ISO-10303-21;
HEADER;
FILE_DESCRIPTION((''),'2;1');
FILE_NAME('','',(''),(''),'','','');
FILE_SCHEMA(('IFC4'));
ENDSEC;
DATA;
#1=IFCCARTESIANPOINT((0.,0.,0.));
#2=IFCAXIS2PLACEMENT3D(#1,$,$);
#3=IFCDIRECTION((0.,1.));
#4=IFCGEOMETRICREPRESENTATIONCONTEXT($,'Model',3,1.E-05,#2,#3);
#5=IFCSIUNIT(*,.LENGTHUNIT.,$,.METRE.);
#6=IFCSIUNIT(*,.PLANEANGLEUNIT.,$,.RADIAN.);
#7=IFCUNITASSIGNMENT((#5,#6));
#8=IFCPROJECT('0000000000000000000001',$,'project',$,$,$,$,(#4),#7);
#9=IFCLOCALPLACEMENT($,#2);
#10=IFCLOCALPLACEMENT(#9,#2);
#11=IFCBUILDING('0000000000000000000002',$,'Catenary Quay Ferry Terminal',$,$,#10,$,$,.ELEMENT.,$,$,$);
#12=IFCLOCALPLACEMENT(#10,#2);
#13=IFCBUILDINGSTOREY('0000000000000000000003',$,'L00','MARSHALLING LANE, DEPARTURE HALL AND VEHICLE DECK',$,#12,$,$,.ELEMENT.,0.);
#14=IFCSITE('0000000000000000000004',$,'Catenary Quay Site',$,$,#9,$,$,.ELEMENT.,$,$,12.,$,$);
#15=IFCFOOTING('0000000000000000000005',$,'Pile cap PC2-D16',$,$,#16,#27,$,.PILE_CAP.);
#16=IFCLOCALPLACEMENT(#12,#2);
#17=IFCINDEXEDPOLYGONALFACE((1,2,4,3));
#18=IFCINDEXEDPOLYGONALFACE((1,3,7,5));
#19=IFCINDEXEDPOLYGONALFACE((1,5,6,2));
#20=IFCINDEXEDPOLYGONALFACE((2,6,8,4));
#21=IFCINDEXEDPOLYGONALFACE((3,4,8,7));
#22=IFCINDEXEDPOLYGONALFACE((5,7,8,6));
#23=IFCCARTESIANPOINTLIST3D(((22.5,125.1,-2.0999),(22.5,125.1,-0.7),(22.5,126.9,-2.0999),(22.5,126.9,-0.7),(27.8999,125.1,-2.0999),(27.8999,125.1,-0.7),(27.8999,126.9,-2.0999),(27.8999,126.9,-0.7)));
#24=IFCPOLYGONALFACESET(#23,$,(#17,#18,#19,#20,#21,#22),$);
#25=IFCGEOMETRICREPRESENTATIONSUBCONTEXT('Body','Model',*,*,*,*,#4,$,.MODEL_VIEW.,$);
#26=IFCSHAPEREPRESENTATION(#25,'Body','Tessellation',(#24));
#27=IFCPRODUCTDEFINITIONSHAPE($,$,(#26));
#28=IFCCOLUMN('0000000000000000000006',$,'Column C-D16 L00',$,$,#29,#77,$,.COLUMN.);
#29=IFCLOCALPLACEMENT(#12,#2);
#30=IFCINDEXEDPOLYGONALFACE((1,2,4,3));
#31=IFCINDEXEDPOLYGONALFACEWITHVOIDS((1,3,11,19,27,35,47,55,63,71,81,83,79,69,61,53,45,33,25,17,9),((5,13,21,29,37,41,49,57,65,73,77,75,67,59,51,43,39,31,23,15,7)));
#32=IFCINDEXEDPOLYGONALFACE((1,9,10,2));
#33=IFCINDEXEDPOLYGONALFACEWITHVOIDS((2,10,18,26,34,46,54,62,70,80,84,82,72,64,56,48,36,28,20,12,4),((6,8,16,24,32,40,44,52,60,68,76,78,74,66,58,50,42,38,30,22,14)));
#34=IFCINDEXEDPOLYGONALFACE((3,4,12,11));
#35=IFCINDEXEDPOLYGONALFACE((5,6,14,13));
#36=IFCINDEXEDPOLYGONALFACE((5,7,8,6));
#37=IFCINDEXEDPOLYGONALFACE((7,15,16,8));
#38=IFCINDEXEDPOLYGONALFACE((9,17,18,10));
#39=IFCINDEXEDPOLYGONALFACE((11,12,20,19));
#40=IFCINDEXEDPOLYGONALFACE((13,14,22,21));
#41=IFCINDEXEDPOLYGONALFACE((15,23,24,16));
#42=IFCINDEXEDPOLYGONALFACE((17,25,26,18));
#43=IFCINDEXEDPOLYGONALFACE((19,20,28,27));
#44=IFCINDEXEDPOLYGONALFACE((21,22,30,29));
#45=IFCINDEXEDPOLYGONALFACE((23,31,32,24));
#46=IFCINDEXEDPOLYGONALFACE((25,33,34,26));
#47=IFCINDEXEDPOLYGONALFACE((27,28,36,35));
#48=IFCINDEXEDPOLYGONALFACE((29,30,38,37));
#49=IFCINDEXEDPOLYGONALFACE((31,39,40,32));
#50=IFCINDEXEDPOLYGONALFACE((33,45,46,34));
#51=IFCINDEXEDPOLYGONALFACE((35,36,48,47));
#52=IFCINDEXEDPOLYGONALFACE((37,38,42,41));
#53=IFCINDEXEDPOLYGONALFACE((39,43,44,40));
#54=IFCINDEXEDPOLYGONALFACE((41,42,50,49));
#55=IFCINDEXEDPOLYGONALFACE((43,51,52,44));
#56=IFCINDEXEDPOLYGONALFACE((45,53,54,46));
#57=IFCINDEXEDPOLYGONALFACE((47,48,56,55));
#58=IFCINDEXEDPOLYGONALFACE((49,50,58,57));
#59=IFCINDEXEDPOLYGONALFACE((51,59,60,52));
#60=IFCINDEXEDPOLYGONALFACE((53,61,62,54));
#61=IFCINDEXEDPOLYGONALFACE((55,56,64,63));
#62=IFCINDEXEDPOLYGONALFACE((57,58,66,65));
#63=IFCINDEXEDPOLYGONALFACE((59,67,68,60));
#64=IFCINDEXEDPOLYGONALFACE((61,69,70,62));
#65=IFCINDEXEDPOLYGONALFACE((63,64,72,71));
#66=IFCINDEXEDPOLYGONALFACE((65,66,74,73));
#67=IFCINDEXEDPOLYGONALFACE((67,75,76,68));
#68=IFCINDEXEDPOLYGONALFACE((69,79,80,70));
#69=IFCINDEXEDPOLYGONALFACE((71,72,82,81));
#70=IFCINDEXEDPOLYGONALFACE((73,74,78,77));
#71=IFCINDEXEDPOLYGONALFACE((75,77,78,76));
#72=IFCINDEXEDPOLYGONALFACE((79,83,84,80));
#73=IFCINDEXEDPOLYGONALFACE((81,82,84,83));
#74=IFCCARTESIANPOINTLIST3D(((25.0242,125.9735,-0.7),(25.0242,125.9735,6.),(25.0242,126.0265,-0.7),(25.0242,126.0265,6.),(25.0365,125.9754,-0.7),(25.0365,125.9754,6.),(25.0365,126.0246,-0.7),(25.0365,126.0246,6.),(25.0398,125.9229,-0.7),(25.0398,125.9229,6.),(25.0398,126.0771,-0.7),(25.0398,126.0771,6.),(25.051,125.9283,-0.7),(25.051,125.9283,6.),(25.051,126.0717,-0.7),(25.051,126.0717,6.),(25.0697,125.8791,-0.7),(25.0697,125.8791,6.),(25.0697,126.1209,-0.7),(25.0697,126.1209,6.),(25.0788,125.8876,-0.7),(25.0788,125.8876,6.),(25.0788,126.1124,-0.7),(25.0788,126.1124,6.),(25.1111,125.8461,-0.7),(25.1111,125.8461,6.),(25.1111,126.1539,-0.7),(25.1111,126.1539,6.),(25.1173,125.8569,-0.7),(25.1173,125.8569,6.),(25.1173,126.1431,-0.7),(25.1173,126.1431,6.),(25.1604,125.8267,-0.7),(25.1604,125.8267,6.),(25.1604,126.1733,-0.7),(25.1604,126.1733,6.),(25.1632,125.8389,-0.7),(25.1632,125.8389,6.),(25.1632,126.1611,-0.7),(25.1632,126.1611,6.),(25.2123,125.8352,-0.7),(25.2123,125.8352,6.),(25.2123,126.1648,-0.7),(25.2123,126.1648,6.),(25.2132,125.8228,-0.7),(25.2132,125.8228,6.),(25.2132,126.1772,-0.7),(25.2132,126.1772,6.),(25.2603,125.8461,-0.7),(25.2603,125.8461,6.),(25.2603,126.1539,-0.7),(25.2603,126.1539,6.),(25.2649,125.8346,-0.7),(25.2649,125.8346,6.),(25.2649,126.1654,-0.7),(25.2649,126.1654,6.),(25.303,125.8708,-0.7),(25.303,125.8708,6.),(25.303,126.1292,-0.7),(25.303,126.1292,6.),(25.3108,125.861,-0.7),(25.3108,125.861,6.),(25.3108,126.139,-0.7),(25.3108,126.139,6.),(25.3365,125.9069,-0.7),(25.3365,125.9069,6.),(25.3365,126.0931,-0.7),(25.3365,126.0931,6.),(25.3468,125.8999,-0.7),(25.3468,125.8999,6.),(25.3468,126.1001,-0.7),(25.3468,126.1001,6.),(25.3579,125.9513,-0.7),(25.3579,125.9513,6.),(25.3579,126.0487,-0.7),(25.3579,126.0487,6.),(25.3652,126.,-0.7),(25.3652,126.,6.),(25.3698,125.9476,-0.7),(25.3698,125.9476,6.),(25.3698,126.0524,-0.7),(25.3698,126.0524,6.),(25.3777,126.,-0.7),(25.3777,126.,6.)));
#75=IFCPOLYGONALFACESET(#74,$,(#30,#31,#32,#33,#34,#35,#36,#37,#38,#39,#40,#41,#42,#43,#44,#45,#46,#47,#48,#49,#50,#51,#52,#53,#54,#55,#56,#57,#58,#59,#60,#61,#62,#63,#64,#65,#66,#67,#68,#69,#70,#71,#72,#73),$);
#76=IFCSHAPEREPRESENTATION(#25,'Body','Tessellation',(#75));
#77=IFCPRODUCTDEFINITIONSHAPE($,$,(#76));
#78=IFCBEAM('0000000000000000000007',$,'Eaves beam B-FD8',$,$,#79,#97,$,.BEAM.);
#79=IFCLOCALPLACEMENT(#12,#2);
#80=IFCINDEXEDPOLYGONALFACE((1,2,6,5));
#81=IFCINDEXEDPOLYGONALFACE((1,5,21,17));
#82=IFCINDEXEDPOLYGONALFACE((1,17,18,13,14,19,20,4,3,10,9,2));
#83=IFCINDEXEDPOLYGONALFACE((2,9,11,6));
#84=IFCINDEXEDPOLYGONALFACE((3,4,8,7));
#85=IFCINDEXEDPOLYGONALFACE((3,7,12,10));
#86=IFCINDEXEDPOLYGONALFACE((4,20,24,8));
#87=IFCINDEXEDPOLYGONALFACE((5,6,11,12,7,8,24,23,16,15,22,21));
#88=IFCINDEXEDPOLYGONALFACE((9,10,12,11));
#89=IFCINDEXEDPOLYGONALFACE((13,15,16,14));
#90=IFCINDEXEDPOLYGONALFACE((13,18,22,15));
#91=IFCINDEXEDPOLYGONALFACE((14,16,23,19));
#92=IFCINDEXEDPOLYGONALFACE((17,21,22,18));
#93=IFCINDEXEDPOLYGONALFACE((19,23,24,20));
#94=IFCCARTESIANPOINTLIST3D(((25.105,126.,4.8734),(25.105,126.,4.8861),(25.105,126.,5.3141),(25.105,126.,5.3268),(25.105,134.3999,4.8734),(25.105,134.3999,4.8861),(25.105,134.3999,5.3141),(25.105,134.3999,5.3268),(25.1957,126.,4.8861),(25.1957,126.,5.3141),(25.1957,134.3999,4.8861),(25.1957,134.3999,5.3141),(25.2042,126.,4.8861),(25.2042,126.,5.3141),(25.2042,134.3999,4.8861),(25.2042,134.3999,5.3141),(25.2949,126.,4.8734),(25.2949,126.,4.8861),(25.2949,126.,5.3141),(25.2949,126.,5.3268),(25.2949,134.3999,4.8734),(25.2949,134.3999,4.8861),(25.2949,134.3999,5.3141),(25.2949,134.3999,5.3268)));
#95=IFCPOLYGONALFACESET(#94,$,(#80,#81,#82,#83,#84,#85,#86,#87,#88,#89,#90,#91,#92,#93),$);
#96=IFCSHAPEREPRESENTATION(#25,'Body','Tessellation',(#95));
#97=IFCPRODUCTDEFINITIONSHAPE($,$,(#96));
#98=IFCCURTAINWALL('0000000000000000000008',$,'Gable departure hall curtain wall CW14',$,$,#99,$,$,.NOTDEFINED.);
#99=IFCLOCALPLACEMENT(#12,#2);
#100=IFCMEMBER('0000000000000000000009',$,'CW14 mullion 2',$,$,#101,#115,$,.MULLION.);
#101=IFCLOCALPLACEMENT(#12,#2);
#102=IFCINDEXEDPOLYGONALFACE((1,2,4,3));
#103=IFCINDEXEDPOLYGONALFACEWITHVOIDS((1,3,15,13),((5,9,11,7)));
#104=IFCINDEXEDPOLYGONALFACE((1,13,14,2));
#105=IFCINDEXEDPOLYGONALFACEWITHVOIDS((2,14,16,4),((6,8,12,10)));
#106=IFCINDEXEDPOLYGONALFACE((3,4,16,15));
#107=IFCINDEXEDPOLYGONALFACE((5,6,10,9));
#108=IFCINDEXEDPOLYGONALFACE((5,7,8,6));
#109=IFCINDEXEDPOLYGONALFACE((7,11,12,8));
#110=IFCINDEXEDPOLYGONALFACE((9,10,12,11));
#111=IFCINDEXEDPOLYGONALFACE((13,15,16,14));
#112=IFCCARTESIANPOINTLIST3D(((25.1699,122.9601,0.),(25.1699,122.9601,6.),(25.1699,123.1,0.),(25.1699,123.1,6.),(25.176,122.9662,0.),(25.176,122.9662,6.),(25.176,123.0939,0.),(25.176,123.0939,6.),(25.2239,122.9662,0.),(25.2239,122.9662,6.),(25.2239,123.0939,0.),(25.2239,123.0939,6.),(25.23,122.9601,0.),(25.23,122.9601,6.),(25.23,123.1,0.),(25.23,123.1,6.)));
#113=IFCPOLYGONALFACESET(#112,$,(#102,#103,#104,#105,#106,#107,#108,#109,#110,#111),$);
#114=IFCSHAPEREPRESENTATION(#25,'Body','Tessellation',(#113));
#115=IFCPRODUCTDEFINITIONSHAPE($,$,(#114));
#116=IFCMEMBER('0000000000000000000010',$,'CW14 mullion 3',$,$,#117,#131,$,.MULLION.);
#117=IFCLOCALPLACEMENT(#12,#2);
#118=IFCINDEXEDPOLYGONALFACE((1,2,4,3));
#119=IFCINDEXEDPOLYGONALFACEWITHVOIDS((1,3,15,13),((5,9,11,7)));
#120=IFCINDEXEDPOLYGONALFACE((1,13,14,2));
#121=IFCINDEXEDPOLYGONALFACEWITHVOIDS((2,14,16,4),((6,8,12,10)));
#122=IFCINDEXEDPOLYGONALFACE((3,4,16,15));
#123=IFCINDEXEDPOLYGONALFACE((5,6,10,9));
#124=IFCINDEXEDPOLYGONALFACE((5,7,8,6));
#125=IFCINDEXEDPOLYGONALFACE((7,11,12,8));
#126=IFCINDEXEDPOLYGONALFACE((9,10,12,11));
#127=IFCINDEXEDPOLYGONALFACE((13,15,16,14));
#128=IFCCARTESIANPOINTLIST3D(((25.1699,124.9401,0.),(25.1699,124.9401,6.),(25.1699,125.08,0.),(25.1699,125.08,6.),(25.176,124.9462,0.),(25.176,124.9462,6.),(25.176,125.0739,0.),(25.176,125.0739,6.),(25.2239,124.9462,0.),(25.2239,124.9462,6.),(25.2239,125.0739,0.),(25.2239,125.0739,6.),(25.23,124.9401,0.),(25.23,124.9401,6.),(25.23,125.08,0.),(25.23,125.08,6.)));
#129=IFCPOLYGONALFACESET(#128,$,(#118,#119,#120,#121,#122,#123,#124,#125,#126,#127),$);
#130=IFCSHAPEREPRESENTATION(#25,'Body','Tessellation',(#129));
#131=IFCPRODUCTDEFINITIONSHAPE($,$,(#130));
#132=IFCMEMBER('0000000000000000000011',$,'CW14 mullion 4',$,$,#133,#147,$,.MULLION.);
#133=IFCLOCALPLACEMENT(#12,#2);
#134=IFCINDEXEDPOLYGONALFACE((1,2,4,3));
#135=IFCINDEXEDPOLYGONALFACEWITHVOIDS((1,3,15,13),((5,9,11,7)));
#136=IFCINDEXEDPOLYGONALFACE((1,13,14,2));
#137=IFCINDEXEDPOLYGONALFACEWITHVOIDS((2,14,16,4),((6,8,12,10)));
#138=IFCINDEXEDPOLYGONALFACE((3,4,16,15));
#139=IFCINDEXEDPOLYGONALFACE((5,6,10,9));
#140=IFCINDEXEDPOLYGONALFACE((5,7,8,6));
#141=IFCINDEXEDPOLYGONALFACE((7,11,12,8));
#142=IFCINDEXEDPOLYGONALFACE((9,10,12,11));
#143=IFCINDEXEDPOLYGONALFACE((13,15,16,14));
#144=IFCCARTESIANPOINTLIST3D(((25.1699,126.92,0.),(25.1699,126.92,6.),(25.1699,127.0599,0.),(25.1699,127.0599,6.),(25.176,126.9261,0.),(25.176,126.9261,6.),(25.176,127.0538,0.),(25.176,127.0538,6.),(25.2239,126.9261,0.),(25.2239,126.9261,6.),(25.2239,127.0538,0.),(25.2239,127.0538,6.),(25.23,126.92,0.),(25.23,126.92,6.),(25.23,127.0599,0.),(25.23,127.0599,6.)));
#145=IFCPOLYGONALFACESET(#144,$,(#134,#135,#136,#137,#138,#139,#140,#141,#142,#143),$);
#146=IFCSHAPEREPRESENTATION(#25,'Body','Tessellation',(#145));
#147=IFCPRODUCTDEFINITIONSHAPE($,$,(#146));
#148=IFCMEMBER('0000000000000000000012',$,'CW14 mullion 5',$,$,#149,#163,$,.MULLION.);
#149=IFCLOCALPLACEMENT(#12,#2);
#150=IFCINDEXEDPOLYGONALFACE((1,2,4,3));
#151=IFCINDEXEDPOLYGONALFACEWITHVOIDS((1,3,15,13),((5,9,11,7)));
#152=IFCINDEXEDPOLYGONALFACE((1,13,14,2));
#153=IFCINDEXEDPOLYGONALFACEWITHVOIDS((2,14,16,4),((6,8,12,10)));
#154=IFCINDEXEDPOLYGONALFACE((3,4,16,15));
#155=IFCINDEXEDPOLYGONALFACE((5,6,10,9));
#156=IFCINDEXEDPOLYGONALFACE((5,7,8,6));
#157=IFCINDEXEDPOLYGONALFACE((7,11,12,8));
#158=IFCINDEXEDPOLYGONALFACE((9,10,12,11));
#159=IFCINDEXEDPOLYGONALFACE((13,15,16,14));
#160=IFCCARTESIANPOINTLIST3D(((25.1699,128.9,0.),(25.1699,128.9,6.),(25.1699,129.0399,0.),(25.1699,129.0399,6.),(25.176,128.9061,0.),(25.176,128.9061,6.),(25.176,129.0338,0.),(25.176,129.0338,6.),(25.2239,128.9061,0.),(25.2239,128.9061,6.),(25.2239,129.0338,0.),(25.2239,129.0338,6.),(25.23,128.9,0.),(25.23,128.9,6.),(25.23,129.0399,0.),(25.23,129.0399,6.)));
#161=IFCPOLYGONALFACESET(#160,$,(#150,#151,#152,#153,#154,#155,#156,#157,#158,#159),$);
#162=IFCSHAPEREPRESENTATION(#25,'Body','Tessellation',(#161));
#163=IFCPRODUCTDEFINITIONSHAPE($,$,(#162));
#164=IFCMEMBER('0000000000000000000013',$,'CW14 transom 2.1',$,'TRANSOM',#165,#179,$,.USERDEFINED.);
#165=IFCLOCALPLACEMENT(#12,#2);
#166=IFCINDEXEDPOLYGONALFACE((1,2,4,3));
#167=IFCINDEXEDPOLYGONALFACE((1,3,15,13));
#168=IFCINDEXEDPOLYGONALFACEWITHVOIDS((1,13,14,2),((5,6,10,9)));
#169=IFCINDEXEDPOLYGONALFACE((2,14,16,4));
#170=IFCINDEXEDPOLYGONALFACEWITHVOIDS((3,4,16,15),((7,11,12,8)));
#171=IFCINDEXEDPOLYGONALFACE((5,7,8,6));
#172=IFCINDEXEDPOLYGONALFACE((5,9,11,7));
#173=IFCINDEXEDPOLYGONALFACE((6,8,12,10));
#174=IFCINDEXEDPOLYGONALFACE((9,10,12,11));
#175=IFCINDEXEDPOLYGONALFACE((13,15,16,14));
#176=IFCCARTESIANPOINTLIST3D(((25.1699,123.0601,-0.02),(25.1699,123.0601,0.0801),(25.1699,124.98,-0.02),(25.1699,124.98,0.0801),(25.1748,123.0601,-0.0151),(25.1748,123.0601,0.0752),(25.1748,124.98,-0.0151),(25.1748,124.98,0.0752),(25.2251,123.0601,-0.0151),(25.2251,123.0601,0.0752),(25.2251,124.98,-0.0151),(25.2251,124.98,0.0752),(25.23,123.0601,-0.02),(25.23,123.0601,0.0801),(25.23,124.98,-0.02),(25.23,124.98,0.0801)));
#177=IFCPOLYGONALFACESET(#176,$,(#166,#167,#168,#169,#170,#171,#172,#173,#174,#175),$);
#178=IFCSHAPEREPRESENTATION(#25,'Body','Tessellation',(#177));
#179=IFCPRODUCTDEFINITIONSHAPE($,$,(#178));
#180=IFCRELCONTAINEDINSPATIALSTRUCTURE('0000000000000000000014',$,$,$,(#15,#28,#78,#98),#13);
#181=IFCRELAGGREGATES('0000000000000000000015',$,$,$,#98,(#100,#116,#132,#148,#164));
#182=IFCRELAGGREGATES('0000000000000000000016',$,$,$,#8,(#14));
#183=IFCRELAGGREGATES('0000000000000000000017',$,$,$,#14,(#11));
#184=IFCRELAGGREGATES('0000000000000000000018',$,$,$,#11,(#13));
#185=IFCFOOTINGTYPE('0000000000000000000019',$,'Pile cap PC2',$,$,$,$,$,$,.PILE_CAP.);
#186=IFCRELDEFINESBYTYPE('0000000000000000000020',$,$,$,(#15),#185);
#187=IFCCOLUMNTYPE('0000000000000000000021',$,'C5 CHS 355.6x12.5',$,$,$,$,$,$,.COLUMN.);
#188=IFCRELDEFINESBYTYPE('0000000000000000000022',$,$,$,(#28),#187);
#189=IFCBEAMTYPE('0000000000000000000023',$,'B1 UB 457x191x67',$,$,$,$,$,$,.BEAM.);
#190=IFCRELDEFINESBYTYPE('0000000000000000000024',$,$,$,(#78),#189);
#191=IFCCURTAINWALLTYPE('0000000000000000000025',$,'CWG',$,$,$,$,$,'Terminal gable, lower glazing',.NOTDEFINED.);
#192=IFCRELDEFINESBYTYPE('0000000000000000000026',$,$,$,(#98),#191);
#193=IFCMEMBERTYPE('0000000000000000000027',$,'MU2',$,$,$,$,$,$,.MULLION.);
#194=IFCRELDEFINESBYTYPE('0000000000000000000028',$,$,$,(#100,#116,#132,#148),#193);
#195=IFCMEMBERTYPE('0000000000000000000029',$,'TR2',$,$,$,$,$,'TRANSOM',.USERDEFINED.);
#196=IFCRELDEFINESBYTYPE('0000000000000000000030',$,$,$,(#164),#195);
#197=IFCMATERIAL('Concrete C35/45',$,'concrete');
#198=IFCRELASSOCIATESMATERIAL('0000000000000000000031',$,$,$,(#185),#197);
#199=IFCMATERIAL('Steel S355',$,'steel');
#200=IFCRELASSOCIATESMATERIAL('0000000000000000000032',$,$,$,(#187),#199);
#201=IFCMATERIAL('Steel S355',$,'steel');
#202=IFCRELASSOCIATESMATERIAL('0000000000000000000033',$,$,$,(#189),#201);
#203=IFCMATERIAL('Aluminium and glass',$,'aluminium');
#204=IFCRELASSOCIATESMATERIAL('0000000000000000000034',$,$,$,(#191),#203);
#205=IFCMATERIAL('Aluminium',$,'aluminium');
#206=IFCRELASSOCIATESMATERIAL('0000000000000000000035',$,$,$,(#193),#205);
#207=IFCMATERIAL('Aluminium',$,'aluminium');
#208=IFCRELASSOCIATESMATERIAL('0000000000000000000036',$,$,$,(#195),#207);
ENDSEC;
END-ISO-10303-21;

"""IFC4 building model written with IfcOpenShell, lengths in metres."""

from ifc_helpers import new_model, si_unit, direction, frame, origin, origin_2d, place, context, subcontext, project, spatial, rectangle, hollow_rectangle, hollow_circle, i_section, extrude, material, material_profile, profile_set, type_object, element, aggregate, save


model = new_model("IFC4")

# Units and contexts
model_context = context("Model", 3, precision=1e-05, world=origin(), true_north=direction((0.0, 1.0)))
body_context = subcontext(model_context, "Body", "Model", "MODEL_VIEW")
ifc_project = project(units=[si_unit("LENGTHUNIT", "METRE"), si_unit("PLANEANGLEUNIT", "RADIAN")], contexts=[model_context])

# Site, building, storey
site_placement = place(None, origin())
site = spatial("IfcSite", under=ifc_project, at=site_placement, Name="Catenary Quay Site", CompositionType="ELEMENT", RefElevation=12.0)
building_placement = place(site_placement, origin())
building = spatial("IfcBuilding", under=site, at=building_placement, Name="Catenary Quay Ferry Terminal", CompositionType="ELEMENT")
storey_placement = place(building_placement, origin())
storey = spatial("IfcBuildingStorey", under=building, at=storey_placement, Name="L00", Description="MARSHALLING LANE, DEPARTURE HALL AND VEHICLE DECK", CompositionType="ELEMENT", Elevation=0.0)

# Footing
ifc_material_1 = material(Name="Concrete C35/45", Category="concrete")
footing_type = type_object("IfcFootingType", Name="Pile cap PC2", PredefinedType="PILE_CAP", material=ifc_material_1)
footing_placement = place(storey_placement, frame((25.2, 126.0, -2.0999), z_axis=(0.0, 0.0, 1.0), x_axis=(1.0, 0.0, 0.0)))
element("IfcFooting", 1, at=footing_placement, inside=storey, type_object=footing_type, Name="Pile cap PC2-D16", PredefinedType="PILE_CAP", context=body_context, shape_type="SweptSolid", body=[
    extrude(rectangle(XDim=5.3999, YDim=1.8, at=origin_2d()), origin(), (0.0, 0.0, 1.0), 1.3999),
])

# Column
ifc_material_2 = material(Name="Steel S355", Category="steel")
ifc_material_profile_1 = material_profile(ifc_material_2, hollow_circle(Radius=0.1777, WallThickness=0.0125, at=origin_2d()), Name="CHS 355.6x12.5")
ifc_profile_set_1 = profile_set([ifc_material_profile_1], Name="Steel S355")
column_type = type_object("IfcColumnType", Name="C5 CHS 355.6x12.5", PredefinedType="COLUMN", material=ifc_profile_set_1)
column_placement = place(storey_placement, frame((25.2, 126.0, -0.7), z_axis=(0.0, 0.0, 1.0), x_axis=(1.0, 0.0, 0.0)))
element("IfcColumn", 2, at=column_placement, inside=storey, type_object=column_type, Name="Column C-D16 L00", PredefinedType="COLUMN", context=body_context, shape_type="SweptSolid", body=[
    extrude(hollow_circle(Radius=0.1777, WallThickness=0.0125, at=origin_2d()), origin(), (0.0, 0.0, 1.0), 6.7),
])

# Beam
ifc_material_3 = material(Name="Steel S355", Category="steel")
ifc_material_profile_2 = material_profile(ifc_material_3, i_section(OverallWidth=0.1899, OverallDepth=0.4534, WebThickness=0.0085, FlangeThickness=0.0127, at=origin_2d()), Name="UB 457x191x67")
ifc_profile_set_2 = profile_set([ifc_material_profile_2], Name="Steel S355")
beam_type = type_object("IfcBeamType", Name="B1 UB 457x191x67", PredefinedType="BEAM", material=ifc_profile_set_2)
beam_placement = place(storey_placement, frame((25.2, 126.0, 5.1001), z_axis=(0.0, 1.0, 0.0), x_axis=(-1.0, 0.0, 0.0)))
element("IfcBeam", 3, at=beam_placement, inside=storey, type_object=beam_type, Name="Eaves beam B-FD8", PredefinedType="BEAM", context=body_context, shape_type="SweptSolid", body=[
    extrude(i_section(OverallWidth=0.1899, OverallDepth=0.4534, WebThickness=0.0085, FlangeThickness=0.0127, at=origin_2d()), origin(), (0.0, 0.0, 1.0), 8.3999),
])

# Curtain wall, members
ifc_material_4 = material(Name="Aluminium and glass", Category="aluminium")
curtain_wall_type = type_object("IfcCurtainWallType", Name="CWG", ElementType="Terminal gable, lower glazing", PredefinedType="NOTDEFINED", material=ifc_material_4)
curtain_wall_placement = place(storey_placement, origin())
curtain_wall = element("IfcCurtainWall", 4, at=curtain_wall_placement, inside=storey, type_object=curtain_wall_type, Name="Gable departure hall curtain wall CW14", PredefinedType="NOTDEFINED")
ifc_material_5 = material(Name="Aluminium", Category="aluminium")
ifc_material_profile_3 = material_profile(ifc_material_5, hollow_rectangle(XDim=0.0601, YDim=0.1399, WallThickness=0.0061, at=origin_2d()), Name="MU2")
ifc_profile_set_3 = profile_set([ifc_material_profile_3], Name="Aluminium")
member_type_1 = type_object("IfcMemberType", Name="MU2", PredefinedType="MULLION", material=ifc_profile_set_3)
member_1_placement = place(storey_placement, frame((25.2, 123.03, 0.0), z_axis=(0.0, 0.0, 1.0), x_axis=(-1.0, 0.0, 0.0)))
member_1 = element("IfcMember", 5, at=member_1_placement, type_object=member_type_1, Name="CW14 mullion 2", PredefinedType="MULLION", context=body_context, shape_type="SweptSolid", body=[
    extrude(hollow_rectangle(XDim=0.0601, YDim=0.1399, WallThickness=0.0061, at=origin_2d()), origin(), (0.0, 0.0, 1.0), 6.0),
])
member_2_placement = place(storey_placement, frame((25.2, 125.01, 0.0), z_axis=(0.0, 0.0, 1.0), x_axis=(-1.0, 0.0, 0.0)))
member_2 = element("IfcMember", 6, at=member_2_placement, type_object=member_type_1, Name="CW14 mullion 3", PredefinedType="MULLION", context=body_context, shape_type="SweptSolid", body=[
    extrude(hollow_rectangle(XDim=0.0601, YDim=0.1399, WallThickness=0.0061, at=origin_2d()), origin(), (0.0, 0.0, 1.0), 6.0),
])
member_3_placement = place(storey_placement, frame((25.2, 126.99, 0.0), z_axis=(0.0, 0.0, 1.0), x_axis=(-1.0, 0.0, 0.0)))
member_3 = element("IfcMember", 7, at=member_3_placement, type_object=member_type_1, Name="CW14 mullion 4", PredefinedType="MULLION", context=body_context, shape_type="SweptSolid", body=[
    extrude(hollow_rectangle(XDim=0.0601, YDim=0.1399, WallThickness=0.0061, at=origin_2d()), origin(), (0.0, 0.0, 1.0), 6.0),
])
member_4_placement = place(storey_placement, frame((25.2, 128.97, 0.0), z_axis=(0.0, 0.0, 1.0), x_axis=(-1.0, 0.0, 0.0)))
member_4 = element("IfcMember", 8, at=member_4_placement, type_object=member_type_1, Name="CW14 mullion 5", PredefinedType="MULLION", context=body_context, shape_type="SweptSolid", body=[
    extrude(hollow_rectangle(XDim=0.0601, YDim=0.1399, WallThickness=0.0061, at=origin_2d()), origin(), (0.0, 0.0, 1.0), 6.0),
])
ifc_material_6 = material(Name="Aluminium", Category="aluminium")
ifc_material_profile_4 = material_profile(ifc_material_6, hollow_rectangle(XDim=0.0601, YDim=0.1001, WallThickness=0.0049, at=origin_2d()), Name="TR2")
ifc_profile_set_4 = profile_set([ifc_material_profile_4], Name="Aluminium")
member_type_2 = type_object("IfcMemberType", Name="TR2", ElementType="TRANSOM", PredefinedType="USERDEFINED", material=ifc_profile_set_4)
member_5_placement = place(storey_placement, frame((25.2, 123.0601, 0.03), z_axis=(0.0, 1.0, 0.0), x_axis=(-1.0, 0.0, 0.0)))
member_5 = element("IfcMember", 9, at=member_5_placement, type_object=member_type_2, Name="CW14 transom 2.1", ObjectType="TRANSOM", PredefinedType="USERDEFINED", context=body_context, shape_type="SweptSolid", body=[
    extrude(hollow_rectangle(XDim=0.0601, YDim=0.1001, WallThickness=0.0049, at=origin_2d()), origin(), (0.0, 0.0, 1.0), 1.9199),
])
aggregate(curtain_wall, [member_1, member_2, member_3, member_4, member_5])

save(model, "model.ifc")
